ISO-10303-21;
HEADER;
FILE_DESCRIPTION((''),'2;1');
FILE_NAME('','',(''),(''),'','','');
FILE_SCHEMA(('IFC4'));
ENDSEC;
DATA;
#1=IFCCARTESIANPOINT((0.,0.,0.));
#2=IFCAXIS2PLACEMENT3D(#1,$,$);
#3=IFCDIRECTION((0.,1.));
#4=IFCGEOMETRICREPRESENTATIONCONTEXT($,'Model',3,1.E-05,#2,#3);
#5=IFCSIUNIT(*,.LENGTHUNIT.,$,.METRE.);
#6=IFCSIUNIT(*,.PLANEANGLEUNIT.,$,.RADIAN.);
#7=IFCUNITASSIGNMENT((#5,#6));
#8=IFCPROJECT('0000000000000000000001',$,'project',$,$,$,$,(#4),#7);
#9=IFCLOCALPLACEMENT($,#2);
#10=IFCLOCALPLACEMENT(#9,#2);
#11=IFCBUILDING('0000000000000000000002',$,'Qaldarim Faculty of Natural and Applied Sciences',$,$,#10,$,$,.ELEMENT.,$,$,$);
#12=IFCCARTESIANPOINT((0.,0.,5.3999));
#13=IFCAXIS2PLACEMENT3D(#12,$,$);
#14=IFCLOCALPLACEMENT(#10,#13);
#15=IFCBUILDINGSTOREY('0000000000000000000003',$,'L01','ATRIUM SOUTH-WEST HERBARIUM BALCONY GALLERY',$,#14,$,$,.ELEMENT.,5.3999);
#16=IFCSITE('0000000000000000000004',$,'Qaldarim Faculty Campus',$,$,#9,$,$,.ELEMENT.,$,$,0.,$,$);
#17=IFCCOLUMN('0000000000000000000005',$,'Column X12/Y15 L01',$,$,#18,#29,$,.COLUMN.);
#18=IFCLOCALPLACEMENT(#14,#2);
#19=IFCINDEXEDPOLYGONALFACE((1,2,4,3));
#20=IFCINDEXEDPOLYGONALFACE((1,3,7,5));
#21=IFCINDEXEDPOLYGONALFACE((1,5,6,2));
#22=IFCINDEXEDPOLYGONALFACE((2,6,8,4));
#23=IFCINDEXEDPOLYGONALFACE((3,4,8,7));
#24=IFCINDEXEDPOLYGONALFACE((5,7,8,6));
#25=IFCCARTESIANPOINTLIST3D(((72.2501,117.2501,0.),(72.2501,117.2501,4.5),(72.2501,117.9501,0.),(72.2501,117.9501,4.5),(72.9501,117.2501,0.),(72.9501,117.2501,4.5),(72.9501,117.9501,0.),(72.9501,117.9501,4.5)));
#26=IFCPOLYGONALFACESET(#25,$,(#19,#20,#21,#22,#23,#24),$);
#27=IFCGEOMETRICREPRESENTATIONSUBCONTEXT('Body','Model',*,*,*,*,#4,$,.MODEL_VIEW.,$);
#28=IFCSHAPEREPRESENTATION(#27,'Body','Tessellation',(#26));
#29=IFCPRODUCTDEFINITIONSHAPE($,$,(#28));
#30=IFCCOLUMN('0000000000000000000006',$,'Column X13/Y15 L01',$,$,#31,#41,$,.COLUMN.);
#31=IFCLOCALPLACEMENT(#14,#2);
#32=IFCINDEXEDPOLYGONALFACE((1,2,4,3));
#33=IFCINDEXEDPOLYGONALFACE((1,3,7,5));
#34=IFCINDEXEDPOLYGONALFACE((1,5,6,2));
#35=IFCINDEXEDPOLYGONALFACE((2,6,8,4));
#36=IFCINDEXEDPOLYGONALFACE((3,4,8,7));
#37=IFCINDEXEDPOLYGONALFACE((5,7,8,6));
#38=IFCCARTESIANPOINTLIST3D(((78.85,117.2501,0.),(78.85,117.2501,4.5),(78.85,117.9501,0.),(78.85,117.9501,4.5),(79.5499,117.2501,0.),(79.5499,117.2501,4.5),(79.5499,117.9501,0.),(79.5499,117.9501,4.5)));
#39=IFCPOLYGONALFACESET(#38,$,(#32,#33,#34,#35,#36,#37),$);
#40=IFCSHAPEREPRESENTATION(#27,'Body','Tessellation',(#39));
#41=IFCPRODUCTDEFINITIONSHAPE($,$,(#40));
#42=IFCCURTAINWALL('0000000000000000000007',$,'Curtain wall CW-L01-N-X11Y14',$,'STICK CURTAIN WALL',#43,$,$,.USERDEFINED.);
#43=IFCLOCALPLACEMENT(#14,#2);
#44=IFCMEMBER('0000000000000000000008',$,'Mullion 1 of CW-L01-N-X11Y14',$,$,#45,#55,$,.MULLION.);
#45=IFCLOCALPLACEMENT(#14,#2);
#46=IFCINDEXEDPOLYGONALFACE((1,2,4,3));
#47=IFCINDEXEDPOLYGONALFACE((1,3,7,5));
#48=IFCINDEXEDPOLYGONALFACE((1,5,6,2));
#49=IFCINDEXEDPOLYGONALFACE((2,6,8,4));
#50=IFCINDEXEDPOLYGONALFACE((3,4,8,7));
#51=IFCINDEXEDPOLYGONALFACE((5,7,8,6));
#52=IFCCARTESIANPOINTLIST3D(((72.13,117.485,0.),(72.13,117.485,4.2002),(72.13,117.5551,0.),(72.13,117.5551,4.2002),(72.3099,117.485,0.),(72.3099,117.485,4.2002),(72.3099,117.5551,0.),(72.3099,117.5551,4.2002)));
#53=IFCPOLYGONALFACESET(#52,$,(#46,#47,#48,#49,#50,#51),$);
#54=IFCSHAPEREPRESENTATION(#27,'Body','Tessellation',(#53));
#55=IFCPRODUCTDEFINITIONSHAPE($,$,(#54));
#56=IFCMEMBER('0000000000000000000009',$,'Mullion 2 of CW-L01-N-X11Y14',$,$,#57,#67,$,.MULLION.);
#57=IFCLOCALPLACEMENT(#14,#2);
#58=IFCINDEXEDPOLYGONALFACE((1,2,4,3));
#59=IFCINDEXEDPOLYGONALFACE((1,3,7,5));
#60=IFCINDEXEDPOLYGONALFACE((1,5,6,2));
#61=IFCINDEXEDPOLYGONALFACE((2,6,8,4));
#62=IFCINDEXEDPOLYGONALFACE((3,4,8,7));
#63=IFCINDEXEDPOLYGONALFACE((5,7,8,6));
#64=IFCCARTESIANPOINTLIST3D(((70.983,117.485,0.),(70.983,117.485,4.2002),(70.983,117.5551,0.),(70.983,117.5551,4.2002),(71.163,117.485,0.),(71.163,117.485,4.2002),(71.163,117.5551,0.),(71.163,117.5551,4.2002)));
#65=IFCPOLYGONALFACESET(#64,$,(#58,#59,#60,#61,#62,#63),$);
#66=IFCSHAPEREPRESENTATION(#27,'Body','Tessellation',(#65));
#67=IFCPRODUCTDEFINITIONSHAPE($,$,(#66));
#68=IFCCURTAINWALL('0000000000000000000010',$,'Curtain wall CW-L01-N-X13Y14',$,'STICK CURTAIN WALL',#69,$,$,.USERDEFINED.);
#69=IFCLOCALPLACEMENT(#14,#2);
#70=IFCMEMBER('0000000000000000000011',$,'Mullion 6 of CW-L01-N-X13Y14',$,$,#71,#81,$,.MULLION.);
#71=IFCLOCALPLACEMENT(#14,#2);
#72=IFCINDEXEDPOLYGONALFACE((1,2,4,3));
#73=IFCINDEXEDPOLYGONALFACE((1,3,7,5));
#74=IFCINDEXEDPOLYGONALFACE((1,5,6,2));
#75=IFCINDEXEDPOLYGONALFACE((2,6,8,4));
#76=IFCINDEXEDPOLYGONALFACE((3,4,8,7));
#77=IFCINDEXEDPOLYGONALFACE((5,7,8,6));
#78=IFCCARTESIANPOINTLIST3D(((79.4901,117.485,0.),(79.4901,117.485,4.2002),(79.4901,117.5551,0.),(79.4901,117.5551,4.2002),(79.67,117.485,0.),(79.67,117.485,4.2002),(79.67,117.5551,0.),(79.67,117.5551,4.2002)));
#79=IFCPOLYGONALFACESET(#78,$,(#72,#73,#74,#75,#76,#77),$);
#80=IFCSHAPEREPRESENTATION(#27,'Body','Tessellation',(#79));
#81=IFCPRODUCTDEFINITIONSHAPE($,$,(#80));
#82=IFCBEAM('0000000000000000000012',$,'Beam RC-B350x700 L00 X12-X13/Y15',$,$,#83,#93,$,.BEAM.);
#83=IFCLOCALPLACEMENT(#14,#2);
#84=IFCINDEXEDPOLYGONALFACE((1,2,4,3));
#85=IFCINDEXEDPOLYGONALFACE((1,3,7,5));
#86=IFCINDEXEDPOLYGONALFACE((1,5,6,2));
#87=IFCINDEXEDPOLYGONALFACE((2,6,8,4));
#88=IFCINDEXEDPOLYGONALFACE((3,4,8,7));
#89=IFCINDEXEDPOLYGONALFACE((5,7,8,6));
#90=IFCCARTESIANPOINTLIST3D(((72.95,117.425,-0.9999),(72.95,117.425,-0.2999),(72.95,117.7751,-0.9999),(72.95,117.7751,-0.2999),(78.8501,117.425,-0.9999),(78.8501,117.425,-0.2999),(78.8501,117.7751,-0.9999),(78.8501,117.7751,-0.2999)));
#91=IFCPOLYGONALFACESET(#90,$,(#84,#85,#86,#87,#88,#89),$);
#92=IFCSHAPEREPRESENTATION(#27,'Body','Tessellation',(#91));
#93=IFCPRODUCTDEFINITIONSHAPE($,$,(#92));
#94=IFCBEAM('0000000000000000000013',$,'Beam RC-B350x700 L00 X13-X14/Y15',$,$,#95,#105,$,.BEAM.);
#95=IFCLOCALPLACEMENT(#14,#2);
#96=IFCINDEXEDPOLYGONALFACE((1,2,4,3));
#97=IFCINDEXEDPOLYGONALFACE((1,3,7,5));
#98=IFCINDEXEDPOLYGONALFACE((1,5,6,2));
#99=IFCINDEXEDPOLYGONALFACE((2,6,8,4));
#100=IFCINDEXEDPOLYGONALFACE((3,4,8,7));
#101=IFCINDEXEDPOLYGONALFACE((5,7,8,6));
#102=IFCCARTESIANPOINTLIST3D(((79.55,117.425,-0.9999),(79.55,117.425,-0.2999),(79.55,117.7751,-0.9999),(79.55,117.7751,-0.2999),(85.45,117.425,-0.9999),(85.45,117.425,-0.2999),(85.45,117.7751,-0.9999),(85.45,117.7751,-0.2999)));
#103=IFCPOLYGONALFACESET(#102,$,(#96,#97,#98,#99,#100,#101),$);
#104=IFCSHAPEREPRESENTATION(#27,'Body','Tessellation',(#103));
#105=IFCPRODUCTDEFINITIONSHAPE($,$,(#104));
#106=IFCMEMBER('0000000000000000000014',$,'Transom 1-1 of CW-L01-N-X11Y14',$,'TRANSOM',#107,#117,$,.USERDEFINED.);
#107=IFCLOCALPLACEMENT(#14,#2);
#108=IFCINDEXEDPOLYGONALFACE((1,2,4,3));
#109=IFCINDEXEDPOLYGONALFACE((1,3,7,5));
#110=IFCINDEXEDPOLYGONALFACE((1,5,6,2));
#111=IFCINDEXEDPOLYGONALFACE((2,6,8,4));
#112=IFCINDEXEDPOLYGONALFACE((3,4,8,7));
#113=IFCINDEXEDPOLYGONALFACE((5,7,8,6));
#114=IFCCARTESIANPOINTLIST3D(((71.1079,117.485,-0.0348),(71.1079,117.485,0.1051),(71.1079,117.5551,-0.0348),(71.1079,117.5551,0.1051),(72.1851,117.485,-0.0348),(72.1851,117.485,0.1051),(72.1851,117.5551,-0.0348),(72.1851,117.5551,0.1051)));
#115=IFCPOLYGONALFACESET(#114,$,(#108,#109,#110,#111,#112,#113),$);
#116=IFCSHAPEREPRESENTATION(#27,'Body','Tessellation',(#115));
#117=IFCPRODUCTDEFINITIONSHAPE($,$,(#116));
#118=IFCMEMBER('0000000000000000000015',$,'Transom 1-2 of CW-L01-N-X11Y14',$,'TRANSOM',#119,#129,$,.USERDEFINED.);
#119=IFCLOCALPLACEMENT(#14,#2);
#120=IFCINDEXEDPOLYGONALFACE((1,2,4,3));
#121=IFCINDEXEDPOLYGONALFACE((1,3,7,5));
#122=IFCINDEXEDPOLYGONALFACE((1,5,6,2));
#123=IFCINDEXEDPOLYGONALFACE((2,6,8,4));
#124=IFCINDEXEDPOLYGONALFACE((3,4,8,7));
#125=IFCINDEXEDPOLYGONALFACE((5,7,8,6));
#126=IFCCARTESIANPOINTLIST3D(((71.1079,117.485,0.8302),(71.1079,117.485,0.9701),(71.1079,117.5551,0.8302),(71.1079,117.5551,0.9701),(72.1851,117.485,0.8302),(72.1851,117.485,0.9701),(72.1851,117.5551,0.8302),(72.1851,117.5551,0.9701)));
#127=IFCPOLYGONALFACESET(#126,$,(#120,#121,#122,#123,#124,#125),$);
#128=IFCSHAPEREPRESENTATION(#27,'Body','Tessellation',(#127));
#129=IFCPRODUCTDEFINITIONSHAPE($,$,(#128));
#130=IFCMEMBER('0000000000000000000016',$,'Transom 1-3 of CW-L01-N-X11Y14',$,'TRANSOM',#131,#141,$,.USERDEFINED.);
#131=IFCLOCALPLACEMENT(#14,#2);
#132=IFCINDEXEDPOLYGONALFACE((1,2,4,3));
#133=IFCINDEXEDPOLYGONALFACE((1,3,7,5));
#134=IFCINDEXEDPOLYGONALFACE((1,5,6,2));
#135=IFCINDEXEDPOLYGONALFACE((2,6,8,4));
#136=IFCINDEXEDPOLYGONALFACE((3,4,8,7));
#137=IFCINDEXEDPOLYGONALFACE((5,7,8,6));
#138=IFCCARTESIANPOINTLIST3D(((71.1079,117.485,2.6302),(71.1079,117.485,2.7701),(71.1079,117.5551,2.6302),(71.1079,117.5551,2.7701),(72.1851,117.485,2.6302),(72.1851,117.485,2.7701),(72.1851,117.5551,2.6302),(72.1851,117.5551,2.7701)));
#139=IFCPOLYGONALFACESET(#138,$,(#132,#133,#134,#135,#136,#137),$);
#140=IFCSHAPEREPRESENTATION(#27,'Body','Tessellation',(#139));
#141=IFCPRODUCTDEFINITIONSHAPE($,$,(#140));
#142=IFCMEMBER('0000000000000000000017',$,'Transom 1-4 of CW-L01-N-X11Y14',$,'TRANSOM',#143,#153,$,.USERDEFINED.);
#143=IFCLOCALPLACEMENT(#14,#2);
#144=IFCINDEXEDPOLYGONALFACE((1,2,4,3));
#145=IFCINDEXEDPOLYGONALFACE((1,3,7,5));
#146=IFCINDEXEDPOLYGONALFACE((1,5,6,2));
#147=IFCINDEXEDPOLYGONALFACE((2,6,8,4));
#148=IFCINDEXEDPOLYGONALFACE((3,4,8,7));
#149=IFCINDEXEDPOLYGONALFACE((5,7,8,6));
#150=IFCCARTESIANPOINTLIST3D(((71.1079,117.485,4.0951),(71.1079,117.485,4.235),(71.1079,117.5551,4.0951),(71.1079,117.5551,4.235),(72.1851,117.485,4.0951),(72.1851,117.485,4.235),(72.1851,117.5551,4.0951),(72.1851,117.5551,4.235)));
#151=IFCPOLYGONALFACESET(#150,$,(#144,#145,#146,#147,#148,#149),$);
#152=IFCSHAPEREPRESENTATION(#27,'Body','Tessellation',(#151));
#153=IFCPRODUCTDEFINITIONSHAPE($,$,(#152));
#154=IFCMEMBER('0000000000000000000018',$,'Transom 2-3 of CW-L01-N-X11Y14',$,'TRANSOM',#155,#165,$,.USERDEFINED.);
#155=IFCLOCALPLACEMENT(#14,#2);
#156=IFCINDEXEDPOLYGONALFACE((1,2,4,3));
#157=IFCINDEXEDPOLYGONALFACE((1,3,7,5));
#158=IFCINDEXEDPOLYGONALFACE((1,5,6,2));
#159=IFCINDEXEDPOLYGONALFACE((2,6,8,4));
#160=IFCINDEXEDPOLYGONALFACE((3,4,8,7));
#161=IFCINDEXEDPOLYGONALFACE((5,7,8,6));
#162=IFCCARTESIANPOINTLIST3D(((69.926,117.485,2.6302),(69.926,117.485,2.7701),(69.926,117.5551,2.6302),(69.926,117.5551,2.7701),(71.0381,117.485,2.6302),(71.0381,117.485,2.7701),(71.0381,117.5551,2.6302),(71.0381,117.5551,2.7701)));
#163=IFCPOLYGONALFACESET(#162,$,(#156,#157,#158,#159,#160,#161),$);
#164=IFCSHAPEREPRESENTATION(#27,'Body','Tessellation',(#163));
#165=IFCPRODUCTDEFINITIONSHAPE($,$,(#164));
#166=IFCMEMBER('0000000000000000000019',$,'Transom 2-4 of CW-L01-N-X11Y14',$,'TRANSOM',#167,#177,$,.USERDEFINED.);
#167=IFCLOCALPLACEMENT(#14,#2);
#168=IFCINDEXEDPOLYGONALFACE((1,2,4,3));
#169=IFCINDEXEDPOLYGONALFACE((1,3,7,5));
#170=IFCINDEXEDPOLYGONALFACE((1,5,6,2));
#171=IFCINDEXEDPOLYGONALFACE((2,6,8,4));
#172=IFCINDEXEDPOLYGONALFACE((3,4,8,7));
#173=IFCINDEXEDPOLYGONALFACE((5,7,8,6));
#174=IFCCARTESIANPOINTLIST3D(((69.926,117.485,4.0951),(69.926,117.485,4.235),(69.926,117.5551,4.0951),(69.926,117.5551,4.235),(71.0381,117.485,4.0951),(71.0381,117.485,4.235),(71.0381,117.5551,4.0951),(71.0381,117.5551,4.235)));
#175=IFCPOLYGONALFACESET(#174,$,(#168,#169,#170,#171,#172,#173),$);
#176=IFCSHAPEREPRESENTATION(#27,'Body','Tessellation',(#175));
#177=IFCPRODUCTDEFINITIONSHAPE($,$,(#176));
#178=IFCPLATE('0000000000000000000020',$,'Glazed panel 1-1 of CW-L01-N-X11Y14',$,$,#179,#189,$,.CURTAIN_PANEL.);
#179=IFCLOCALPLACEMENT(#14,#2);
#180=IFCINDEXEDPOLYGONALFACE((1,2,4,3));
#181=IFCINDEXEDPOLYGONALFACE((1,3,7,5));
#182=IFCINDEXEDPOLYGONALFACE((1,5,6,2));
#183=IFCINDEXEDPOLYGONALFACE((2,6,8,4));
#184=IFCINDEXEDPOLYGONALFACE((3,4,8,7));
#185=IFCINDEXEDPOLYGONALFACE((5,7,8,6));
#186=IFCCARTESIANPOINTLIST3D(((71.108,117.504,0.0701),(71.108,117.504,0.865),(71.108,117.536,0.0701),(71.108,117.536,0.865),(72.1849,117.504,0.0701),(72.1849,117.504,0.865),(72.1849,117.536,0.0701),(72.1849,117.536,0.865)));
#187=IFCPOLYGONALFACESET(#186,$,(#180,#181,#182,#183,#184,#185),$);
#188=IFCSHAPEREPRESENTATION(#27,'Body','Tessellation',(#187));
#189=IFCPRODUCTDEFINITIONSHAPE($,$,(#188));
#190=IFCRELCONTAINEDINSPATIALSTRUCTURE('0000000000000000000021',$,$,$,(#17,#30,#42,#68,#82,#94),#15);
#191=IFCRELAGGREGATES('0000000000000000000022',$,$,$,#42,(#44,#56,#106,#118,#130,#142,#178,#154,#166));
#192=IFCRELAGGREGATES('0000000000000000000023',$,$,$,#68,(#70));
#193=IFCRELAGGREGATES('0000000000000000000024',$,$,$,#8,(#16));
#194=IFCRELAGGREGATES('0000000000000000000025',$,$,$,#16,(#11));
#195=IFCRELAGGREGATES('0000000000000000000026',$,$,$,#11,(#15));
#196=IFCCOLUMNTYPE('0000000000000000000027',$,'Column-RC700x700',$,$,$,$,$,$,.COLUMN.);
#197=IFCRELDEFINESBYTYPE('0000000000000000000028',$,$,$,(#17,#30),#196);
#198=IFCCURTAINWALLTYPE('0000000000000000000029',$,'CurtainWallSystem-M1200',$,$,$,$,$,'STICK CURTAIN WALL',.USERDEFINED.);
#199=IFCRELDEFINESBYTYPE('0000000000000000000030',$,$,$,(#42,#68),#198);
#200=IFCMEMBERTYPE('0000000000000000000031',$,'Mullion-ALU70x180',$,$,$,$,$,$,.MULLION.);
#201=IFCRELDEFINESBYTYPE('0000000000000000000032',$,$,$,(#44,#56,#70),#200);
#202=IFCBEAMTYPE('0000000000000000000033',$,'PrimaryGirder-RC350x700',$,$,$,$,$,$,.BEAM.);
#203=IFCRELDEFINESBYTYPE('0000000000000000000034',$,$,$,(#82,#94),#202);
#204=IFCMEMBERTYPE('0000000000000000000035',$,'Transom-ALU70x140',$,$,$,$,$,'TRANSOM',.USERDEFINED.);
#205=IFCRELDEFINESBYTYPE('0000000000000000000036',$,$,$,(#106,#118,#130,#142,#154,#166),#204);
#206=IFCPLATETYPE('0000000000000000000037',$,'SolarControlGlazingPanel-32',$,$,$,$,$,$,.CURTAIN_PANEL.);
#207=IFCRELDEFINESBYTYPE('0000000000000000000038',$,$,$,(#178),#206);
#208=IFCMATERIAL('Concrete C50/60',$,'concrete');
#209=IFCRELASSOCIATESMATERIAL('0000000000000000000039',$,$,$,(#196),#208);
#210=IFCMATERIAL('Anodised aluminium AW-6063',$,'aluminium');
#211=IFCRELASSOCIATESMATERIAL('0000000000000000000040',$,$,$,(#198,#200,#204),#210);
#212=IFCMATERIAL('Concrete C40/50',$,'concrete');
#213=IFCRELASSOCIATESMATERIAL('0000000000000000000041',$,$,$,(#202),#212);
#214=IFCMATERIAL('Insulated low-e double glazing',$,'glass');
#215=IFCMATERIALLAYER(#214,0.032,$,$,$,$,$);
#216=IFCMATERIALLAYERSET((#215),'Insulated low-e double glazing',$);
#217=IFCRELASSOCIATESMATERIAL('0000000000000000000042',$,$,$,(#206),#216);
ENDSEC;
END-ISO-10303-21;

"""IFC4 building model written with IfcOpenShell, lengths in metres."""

from ifc_helpers import new_model, si_unit, direction, frame, origin, origin_2d, place, context, subcontext, project, spatial, rectangle, extrude, material, layer, layer_set, material_profile, profile_set, type_object, element, aggregate, save


model = new_model("IFC4")

# Units and contexts
model_context = context("Model", 3, precision=1e-05, world=origin(), true_north=direction((0.0, 1.0)))
body_context = subcontext(model_context, "Body", "Model", "MODEL_VIEW")
ifc_project = project(units=[si_unit("LENGTHUNIT", "METRE"), si_unit("PLANEANGLEUNIT", "RADIAN")], contexts=[model_context])

# Site, building, storey
site_placement = place(None, origin())
site = spatial("IfcSite", under=ifc_project, at=site_placement, Name="Qaldarim Faculty Campus", CompositionType="ELEMENT", RefElevation=0.0)
building_placement = place(site_placement, origin())
building = spatial("IfcBuilding", under=site, at=building_placement, Name="Qaldarim Faculty of Natural and Applied Sciences", CompositionType="ELEMENT")
storey_placement = place(building_placement, frame((0.0, 0.0, 5.3999)))
storey = spatial("IfcBuildingStorey", under=building, at=storey_placement, Name="L01", Description="ATRIUM SOUTH-WEST HERBARIUM BALCONY GALLERY", CompositionType="ELEMENT", Elevation=5.3999)

# Columns
ifc_material_1 = material(Name="Concrete C50/60", Category="concrete")
ifc_material_profile_1 = material_profile(ifc_material_1, rectangle(XDim=0.7, YDim=0.7, at=origin_2d()), Name="RC-C700x700")
ifc_profile_set_1 = profile_set([ifc_material_profile_1], Name="Concrete C50/60")
column_type = type_object("IfcColumnType", Name="Column-RC700x700", PredefinedType="COLUMN", material=ifc_profile_set_1)
for number, where, z_axis, x_axis, name in (
    (1, (72.6001, 117.6001, 0.0), (0.0, 0.0, 1.0), (1.0, 0.0, 0.0), "Column X12/Y15 L01"),
    (2, (79.2, 117.6001, 0.0), (0.0, 0.0, 1.0), (1.0, 0.0, 0.0), "Column X13/Y15 L01"),
):
    element("IfcColumn", number, at=place(storey_placement, frame(where, z_axis=z_axis, x_axis=x_axis)), inside=storey, type_object=column_type, Name=name, PredefinedType="COLUMN", context=body_context, shape_type="SweptSolid", body=[
        extrude(rectangle(XDim=0.7, YDim=0.7, at=origin_2d()), origin(), (0.0, 0.0, 1.0), 4.5),
    ])

# Curtain wall, members
ifc_material_2 = material(Name="Anodised aluminium AW-6063", Category="aluminium")
curtain_wall_type = type_object("IfcCurtainWallType", Name="CurtainWallSystem-M1200", ElementType="STICK CURTAIN WALL", PredefinedType="USERDEFINED", material=ifc_material_2)
curtain_wall_1_placement = place(storey_placement, origin())
curtain_wall_1 = element("IfcCurtainWall", 3, at=curtain_wall_1_placement, inside=storey, type_object=curtain_wall_type, Name="Curtain wall CW-L01-N-X11Y14", ObjectType="STICK CURTAIN WALL", PredefinedType="USERDEFINED")
ifc_material_profile_2 = material_profile(ifc_material_2, rectangle(XDim=0.0701, YDim=0.1799, at=origin_2d()), Name="ALU-M70x180")
ifc_profile_set_2 = profile_set([ifc_material_profile_2], Name="Anodised aluminium AW-6063")
member_type_1 = type_object("IfcMemberType", Name="Mullion-ALU70x180", PredefinedType="MULLION", material=ifc_profile_set_2)
member_1_placement = place(storey_placement, frame((72.22, 117.52, 0.0), z_axis=(0.0, 0.0, 1.0), x_axis=(0.0, -1.0, 0.0)))
member_1 = element("IfcMember", 4, at=member_1_placement, type_object=member_type_1, Name="Mullion 1 of CW-L01-N-X11Y14", PredefinedType="MULLION", context=body_context, shape_type="SweptSolid", body=[
    extrude(rectangle(XDim=0.0701, YDim=0.1799, at=origin_2d()), origin(), (0.0, 0.0, 1.0), 4.2002),
])
member_2_placement = place(storey_placement, frame((71.073, 117.52, 0.0), z_axis=(0.0, 0.0, 1.0), x_axis=(0.0, -1.0, 0.0)))
member_2 = element("IfcMember", 5, at=member_2_placement, type_object=member_type_1, Name="Mullion 2 of CW-L01-N-X11Y14", PredefinedType="MULLION", context=body_context, shape_type="SweptSolid", body=[
    extrude(rectangle(XDim=0.0701, YDim=0.1799, at=origin_2d()), origin(), (0.0, 0.0, 1.0), 4.2002),
])

# Curtain wall, member
curtain_wall_2_placement = place(storey_placement, origin())
curtain_wall_2 = element("IfcCurtainWall", 6, at=curtain_wall_2_placement, inside=storey, type_object=curtain_wall_type, Name="Curtain wall CW-L01-N-X13Y14", ObjectType="STICK CURTAIN WALL", PredefinedType="USERDEFINED")
member_3_placement = place(storey_placement, frame((79.5801, 117.52, 0.0), z_axis=(0.0, 0.0, 1.0), x_axis=(0.0, -1.0, 0.0)))
member_3 = element("IfcMember", 7, at=member_3_placement, type_object=member_type_1, Name="Mullion 6 of CW-L01-N-X13Y14", PredefinedType="MULLION", context=body_context, shape_type="SweptSolid", body=[
    extrude(rectangle(XDim=0.0701, YDim=0.1799, at=origin_2d()), origin(), (0.0, 0.0, 1.0), 4.2002),
])

# Beams
ifc_material_3 = material(Name="Concrete C40/50", Category="concrete")
ifc_material_profile_3 = material_profile(ifc_material_3, rectangle(XDim=0.3501, YDim=0.7, at=origin_2d()), Name="RC-B350x700")
ifc_profile_set_3 = profile_set([ifc_material_profile_3], Name="Concrete C40/50")
beam_type = type_object("IfcBeamType", Name="PrimaryGirder-RC350x700", PredefinedType="BEAM", material=ifc_profile_set_3)
beam_1_placement = place(storey_placement, frame((72.95, 117.6001, -0.6499), z_axis=(1.0, 0.0, 0.0), x_axis=(0.0, 1.0, 0.0)))
element("IfcBeam", 8, at=beam_1_placement, inside=storey, type_object=beam_type, Name="Beam RC-B350x700 L00 X12-X13/Y15", PredefinedType="BEAM", context=body_context, shape_type="SweptSolid", body=[
    extrude(rectangle(XDim=0.3501, YDim=0.7, at=origin_2d()), origin(), (0.0, 0.0, 1.0), 5.9001),
])
beam_2_placement = place(storey_placement, frame((79.55, 117.6001, -0.6499), z_axis=(1.0, 0.0, 0.0), x_axis=(0.0, 1.0, 0.0)))
element("IfcBeam", 9, at=beam_2_placement, inside=storey, type_object=beam_type, Name="Beam RC-B350x700 L00 X13-X14/Y15", PredefinedType="BEAM", context=body_context, shape_type="SweptSolid", body=[
    extrude(rectangle(XDim=0.3501, YDim=0.7, at=origin_2d()), origin(), (0.0, 0.0, 1.0), 5.8999),
])

# Members
ifc_material_profile_4 = material_profile(ifc_material_2, rectangle(XDim=0.0701, YDim=0.1399, at=origin_2d()), Name="ALU-T70x140")
ifc_profile_set_4 = profile_set([ifc_material_profile_4], Name="Anodised aluminium AW-6063")
member_type_2 = type_object("IfcMemberType", Name="Transom-ALU70x140", ElementType="TRANSOM", PredefinedType="USERDEFINED", material=ifc_profile_set_4)
member_4_placement = place(storey_placement, frame((72.1851, 117.52, 0.0352), z_axis=(-1.0, 0.0, 0.0), x_axis=(0.0, -1.0, 0.0)))
member_4 = element("IfcMember", 10, at=member_4_placement, type_object=member_type_2, Name="Transom 1-1 of CW-L01-N-X11Y14", ObjectType="TRANSOM", PredefinedType="USERDEFINED", context=body_context, shape_type="SweptSolid", body=[
    extrude(rectangle(XDim=0.0701, YDim=0.1399, at=origin_2d()), origin(), (0.0, 0.0, 1.0), 1.0771),
])
member_5_placement = place(storey_placement, frame((72.1851, 117.52, 0.9001), z_axis=(-1.0, 0.0, 0.0), x_axis=(0.0, -1.0, 0.0)))
member_5 = element("IfcMember", 11, at=member_5_placement, type_object=member_type_2, Name="Transom 1-2 of CW-L01-N-X11Y14", ObjectType="TRANSOM", PredefinedType="USERDEFINED", context=body_context, shape_type="SweptSolid", body=[
    extrude(rectangle(XDim=0.0701, YDim=0.1399, at=origin_2d()), origin(), (0.0, 0.0, 1.0), 1.0771),
])
member_6_placement = place(storey_placement, frame((72.1851, 117.52, 2.7002), z_axis=(-1.0, 0.0, 0.0), x_axis=(0.0, -1.0, 0.0)))
member_6 = element("IfcMember", 12, at=member_6_placement, type_object=member_type_2, Name="Transom 1-3 of CW-L01-N-X11Y14", ObjectType="TRANSOM", PredefinedType="USERDEFINED", context=body_context, shape_type="SweptSolid", body=[
    extrude(rectangle(XDim=0.0701, YDim=0.1399, at=origin_2d()), origin(), (0.0, 0.0, 1.0), 1.0771),
])
member_7_placement = place(storey_placement, frame((72.1851, 117.52, 4.165), z_axis=(-1.0, 0.0, 0.0), x_axis=(0.0, -1.0, 0.0)))
member_7 = element("IfcMember", 13, at=member_7_placement, type_object=member_type_2, Name="Transom 1-4 of CW-L01-N-X11Y14", ObjectType="TRANSOM", PredefinedType="USERDEFINED", context=body_context, shape_type="SweptSolid", body=[
    extrude(rectangle(XDim=0.0701, YDim=0.1399, at=origin_2d()), origin(), (0.0, 0.0, 1.0), 1.0771),
])
member_8_placement = place(storey_placement, frame((71.0381, 117.52, 2.7002), z_axis=(-1.0, 0.0, 0.0), x_axis=(0.0, -1.0, 0.0)))
member_8 = element("IfcMember", 14, at=member_8_placement, type_object=member_type_2, Name="Transom 2-3 of CW-L01-N-X11Y14", ObjectType="TRANSOM", PredefinedType="USERDEFINED", context=body_context, shape_type="SweptSolid", body=[
    extrude(rectangle(XDim=0.0701, YDim=0.1399, at=origin_2d()), origin(), (0.0, 0.0, 1.0), 1.1121),
])
member_9_placement = place(storey_placement, frame((71.0381, 117.52, 4.165), z_axis=(-1.0, 0.0, 0.0), x_axis=(0.0, -1.0, 0.0)))
member_9 = element("IfcMember", 15, at=member_9_placement, type_object=member_type_2, Name="Transom 2-4 of CW-L01-N-X11Y14", ObjectType="TRANSOM", PredefinedType="USERDEFINED", context=body_context, shape_type="SweptSolid", body=[
    extrude(rectangle(XDim=0.0701, YDim=0.1399, at=origin_2d()), origin(), (0.0, 0.0, 1.0), 1.1121),
])

# Plate
ifc_material_4 = material(Name="Insulated low-e double glazing", Category="glass")
ifc_layer_1 = layer(ifc_material_4, 0.032)
ifc_layer_set_1 = layer_set([ifc_layer_1], Name="Insulated low-e double glazing")
plate_type = type_object("IfcPlateType", Name="SolarControlGlazingPanel-32", PredefinedType="CURTAIN_PANEL", material=ifc_layer_set_1)
plate_1_placement = place(storey_placement, frame((71.6465, 117.52, 0.0701), z_axis=(0.0, 0.0, 1.0), x_axis=(-1.0, 0.0, 0.0)))
plate_1 = element("IfcPlate", 16, at=plate_1_placement, type_object=plate_type, Name="Glazed panel 1-1 of CW-L01-N-X11Y14", PredefinedType="CURTAIN_PANEL", context=body_context, shape_type="SweptSolid", body=[
    extrude(rectangle(XDim=1.0769, YDim=0.032, at=origin_2d()), origin(), (0.0, 0.0, 1.0), 0.7949),
])
aggregate(curtain_wall_1, [member_1, member_2, member_4, member_5, member_6, member_7, plate_1, member_8, member_9])
aggregate(curtain_wall_2, [member_3])

save(model, "model.ifc")
